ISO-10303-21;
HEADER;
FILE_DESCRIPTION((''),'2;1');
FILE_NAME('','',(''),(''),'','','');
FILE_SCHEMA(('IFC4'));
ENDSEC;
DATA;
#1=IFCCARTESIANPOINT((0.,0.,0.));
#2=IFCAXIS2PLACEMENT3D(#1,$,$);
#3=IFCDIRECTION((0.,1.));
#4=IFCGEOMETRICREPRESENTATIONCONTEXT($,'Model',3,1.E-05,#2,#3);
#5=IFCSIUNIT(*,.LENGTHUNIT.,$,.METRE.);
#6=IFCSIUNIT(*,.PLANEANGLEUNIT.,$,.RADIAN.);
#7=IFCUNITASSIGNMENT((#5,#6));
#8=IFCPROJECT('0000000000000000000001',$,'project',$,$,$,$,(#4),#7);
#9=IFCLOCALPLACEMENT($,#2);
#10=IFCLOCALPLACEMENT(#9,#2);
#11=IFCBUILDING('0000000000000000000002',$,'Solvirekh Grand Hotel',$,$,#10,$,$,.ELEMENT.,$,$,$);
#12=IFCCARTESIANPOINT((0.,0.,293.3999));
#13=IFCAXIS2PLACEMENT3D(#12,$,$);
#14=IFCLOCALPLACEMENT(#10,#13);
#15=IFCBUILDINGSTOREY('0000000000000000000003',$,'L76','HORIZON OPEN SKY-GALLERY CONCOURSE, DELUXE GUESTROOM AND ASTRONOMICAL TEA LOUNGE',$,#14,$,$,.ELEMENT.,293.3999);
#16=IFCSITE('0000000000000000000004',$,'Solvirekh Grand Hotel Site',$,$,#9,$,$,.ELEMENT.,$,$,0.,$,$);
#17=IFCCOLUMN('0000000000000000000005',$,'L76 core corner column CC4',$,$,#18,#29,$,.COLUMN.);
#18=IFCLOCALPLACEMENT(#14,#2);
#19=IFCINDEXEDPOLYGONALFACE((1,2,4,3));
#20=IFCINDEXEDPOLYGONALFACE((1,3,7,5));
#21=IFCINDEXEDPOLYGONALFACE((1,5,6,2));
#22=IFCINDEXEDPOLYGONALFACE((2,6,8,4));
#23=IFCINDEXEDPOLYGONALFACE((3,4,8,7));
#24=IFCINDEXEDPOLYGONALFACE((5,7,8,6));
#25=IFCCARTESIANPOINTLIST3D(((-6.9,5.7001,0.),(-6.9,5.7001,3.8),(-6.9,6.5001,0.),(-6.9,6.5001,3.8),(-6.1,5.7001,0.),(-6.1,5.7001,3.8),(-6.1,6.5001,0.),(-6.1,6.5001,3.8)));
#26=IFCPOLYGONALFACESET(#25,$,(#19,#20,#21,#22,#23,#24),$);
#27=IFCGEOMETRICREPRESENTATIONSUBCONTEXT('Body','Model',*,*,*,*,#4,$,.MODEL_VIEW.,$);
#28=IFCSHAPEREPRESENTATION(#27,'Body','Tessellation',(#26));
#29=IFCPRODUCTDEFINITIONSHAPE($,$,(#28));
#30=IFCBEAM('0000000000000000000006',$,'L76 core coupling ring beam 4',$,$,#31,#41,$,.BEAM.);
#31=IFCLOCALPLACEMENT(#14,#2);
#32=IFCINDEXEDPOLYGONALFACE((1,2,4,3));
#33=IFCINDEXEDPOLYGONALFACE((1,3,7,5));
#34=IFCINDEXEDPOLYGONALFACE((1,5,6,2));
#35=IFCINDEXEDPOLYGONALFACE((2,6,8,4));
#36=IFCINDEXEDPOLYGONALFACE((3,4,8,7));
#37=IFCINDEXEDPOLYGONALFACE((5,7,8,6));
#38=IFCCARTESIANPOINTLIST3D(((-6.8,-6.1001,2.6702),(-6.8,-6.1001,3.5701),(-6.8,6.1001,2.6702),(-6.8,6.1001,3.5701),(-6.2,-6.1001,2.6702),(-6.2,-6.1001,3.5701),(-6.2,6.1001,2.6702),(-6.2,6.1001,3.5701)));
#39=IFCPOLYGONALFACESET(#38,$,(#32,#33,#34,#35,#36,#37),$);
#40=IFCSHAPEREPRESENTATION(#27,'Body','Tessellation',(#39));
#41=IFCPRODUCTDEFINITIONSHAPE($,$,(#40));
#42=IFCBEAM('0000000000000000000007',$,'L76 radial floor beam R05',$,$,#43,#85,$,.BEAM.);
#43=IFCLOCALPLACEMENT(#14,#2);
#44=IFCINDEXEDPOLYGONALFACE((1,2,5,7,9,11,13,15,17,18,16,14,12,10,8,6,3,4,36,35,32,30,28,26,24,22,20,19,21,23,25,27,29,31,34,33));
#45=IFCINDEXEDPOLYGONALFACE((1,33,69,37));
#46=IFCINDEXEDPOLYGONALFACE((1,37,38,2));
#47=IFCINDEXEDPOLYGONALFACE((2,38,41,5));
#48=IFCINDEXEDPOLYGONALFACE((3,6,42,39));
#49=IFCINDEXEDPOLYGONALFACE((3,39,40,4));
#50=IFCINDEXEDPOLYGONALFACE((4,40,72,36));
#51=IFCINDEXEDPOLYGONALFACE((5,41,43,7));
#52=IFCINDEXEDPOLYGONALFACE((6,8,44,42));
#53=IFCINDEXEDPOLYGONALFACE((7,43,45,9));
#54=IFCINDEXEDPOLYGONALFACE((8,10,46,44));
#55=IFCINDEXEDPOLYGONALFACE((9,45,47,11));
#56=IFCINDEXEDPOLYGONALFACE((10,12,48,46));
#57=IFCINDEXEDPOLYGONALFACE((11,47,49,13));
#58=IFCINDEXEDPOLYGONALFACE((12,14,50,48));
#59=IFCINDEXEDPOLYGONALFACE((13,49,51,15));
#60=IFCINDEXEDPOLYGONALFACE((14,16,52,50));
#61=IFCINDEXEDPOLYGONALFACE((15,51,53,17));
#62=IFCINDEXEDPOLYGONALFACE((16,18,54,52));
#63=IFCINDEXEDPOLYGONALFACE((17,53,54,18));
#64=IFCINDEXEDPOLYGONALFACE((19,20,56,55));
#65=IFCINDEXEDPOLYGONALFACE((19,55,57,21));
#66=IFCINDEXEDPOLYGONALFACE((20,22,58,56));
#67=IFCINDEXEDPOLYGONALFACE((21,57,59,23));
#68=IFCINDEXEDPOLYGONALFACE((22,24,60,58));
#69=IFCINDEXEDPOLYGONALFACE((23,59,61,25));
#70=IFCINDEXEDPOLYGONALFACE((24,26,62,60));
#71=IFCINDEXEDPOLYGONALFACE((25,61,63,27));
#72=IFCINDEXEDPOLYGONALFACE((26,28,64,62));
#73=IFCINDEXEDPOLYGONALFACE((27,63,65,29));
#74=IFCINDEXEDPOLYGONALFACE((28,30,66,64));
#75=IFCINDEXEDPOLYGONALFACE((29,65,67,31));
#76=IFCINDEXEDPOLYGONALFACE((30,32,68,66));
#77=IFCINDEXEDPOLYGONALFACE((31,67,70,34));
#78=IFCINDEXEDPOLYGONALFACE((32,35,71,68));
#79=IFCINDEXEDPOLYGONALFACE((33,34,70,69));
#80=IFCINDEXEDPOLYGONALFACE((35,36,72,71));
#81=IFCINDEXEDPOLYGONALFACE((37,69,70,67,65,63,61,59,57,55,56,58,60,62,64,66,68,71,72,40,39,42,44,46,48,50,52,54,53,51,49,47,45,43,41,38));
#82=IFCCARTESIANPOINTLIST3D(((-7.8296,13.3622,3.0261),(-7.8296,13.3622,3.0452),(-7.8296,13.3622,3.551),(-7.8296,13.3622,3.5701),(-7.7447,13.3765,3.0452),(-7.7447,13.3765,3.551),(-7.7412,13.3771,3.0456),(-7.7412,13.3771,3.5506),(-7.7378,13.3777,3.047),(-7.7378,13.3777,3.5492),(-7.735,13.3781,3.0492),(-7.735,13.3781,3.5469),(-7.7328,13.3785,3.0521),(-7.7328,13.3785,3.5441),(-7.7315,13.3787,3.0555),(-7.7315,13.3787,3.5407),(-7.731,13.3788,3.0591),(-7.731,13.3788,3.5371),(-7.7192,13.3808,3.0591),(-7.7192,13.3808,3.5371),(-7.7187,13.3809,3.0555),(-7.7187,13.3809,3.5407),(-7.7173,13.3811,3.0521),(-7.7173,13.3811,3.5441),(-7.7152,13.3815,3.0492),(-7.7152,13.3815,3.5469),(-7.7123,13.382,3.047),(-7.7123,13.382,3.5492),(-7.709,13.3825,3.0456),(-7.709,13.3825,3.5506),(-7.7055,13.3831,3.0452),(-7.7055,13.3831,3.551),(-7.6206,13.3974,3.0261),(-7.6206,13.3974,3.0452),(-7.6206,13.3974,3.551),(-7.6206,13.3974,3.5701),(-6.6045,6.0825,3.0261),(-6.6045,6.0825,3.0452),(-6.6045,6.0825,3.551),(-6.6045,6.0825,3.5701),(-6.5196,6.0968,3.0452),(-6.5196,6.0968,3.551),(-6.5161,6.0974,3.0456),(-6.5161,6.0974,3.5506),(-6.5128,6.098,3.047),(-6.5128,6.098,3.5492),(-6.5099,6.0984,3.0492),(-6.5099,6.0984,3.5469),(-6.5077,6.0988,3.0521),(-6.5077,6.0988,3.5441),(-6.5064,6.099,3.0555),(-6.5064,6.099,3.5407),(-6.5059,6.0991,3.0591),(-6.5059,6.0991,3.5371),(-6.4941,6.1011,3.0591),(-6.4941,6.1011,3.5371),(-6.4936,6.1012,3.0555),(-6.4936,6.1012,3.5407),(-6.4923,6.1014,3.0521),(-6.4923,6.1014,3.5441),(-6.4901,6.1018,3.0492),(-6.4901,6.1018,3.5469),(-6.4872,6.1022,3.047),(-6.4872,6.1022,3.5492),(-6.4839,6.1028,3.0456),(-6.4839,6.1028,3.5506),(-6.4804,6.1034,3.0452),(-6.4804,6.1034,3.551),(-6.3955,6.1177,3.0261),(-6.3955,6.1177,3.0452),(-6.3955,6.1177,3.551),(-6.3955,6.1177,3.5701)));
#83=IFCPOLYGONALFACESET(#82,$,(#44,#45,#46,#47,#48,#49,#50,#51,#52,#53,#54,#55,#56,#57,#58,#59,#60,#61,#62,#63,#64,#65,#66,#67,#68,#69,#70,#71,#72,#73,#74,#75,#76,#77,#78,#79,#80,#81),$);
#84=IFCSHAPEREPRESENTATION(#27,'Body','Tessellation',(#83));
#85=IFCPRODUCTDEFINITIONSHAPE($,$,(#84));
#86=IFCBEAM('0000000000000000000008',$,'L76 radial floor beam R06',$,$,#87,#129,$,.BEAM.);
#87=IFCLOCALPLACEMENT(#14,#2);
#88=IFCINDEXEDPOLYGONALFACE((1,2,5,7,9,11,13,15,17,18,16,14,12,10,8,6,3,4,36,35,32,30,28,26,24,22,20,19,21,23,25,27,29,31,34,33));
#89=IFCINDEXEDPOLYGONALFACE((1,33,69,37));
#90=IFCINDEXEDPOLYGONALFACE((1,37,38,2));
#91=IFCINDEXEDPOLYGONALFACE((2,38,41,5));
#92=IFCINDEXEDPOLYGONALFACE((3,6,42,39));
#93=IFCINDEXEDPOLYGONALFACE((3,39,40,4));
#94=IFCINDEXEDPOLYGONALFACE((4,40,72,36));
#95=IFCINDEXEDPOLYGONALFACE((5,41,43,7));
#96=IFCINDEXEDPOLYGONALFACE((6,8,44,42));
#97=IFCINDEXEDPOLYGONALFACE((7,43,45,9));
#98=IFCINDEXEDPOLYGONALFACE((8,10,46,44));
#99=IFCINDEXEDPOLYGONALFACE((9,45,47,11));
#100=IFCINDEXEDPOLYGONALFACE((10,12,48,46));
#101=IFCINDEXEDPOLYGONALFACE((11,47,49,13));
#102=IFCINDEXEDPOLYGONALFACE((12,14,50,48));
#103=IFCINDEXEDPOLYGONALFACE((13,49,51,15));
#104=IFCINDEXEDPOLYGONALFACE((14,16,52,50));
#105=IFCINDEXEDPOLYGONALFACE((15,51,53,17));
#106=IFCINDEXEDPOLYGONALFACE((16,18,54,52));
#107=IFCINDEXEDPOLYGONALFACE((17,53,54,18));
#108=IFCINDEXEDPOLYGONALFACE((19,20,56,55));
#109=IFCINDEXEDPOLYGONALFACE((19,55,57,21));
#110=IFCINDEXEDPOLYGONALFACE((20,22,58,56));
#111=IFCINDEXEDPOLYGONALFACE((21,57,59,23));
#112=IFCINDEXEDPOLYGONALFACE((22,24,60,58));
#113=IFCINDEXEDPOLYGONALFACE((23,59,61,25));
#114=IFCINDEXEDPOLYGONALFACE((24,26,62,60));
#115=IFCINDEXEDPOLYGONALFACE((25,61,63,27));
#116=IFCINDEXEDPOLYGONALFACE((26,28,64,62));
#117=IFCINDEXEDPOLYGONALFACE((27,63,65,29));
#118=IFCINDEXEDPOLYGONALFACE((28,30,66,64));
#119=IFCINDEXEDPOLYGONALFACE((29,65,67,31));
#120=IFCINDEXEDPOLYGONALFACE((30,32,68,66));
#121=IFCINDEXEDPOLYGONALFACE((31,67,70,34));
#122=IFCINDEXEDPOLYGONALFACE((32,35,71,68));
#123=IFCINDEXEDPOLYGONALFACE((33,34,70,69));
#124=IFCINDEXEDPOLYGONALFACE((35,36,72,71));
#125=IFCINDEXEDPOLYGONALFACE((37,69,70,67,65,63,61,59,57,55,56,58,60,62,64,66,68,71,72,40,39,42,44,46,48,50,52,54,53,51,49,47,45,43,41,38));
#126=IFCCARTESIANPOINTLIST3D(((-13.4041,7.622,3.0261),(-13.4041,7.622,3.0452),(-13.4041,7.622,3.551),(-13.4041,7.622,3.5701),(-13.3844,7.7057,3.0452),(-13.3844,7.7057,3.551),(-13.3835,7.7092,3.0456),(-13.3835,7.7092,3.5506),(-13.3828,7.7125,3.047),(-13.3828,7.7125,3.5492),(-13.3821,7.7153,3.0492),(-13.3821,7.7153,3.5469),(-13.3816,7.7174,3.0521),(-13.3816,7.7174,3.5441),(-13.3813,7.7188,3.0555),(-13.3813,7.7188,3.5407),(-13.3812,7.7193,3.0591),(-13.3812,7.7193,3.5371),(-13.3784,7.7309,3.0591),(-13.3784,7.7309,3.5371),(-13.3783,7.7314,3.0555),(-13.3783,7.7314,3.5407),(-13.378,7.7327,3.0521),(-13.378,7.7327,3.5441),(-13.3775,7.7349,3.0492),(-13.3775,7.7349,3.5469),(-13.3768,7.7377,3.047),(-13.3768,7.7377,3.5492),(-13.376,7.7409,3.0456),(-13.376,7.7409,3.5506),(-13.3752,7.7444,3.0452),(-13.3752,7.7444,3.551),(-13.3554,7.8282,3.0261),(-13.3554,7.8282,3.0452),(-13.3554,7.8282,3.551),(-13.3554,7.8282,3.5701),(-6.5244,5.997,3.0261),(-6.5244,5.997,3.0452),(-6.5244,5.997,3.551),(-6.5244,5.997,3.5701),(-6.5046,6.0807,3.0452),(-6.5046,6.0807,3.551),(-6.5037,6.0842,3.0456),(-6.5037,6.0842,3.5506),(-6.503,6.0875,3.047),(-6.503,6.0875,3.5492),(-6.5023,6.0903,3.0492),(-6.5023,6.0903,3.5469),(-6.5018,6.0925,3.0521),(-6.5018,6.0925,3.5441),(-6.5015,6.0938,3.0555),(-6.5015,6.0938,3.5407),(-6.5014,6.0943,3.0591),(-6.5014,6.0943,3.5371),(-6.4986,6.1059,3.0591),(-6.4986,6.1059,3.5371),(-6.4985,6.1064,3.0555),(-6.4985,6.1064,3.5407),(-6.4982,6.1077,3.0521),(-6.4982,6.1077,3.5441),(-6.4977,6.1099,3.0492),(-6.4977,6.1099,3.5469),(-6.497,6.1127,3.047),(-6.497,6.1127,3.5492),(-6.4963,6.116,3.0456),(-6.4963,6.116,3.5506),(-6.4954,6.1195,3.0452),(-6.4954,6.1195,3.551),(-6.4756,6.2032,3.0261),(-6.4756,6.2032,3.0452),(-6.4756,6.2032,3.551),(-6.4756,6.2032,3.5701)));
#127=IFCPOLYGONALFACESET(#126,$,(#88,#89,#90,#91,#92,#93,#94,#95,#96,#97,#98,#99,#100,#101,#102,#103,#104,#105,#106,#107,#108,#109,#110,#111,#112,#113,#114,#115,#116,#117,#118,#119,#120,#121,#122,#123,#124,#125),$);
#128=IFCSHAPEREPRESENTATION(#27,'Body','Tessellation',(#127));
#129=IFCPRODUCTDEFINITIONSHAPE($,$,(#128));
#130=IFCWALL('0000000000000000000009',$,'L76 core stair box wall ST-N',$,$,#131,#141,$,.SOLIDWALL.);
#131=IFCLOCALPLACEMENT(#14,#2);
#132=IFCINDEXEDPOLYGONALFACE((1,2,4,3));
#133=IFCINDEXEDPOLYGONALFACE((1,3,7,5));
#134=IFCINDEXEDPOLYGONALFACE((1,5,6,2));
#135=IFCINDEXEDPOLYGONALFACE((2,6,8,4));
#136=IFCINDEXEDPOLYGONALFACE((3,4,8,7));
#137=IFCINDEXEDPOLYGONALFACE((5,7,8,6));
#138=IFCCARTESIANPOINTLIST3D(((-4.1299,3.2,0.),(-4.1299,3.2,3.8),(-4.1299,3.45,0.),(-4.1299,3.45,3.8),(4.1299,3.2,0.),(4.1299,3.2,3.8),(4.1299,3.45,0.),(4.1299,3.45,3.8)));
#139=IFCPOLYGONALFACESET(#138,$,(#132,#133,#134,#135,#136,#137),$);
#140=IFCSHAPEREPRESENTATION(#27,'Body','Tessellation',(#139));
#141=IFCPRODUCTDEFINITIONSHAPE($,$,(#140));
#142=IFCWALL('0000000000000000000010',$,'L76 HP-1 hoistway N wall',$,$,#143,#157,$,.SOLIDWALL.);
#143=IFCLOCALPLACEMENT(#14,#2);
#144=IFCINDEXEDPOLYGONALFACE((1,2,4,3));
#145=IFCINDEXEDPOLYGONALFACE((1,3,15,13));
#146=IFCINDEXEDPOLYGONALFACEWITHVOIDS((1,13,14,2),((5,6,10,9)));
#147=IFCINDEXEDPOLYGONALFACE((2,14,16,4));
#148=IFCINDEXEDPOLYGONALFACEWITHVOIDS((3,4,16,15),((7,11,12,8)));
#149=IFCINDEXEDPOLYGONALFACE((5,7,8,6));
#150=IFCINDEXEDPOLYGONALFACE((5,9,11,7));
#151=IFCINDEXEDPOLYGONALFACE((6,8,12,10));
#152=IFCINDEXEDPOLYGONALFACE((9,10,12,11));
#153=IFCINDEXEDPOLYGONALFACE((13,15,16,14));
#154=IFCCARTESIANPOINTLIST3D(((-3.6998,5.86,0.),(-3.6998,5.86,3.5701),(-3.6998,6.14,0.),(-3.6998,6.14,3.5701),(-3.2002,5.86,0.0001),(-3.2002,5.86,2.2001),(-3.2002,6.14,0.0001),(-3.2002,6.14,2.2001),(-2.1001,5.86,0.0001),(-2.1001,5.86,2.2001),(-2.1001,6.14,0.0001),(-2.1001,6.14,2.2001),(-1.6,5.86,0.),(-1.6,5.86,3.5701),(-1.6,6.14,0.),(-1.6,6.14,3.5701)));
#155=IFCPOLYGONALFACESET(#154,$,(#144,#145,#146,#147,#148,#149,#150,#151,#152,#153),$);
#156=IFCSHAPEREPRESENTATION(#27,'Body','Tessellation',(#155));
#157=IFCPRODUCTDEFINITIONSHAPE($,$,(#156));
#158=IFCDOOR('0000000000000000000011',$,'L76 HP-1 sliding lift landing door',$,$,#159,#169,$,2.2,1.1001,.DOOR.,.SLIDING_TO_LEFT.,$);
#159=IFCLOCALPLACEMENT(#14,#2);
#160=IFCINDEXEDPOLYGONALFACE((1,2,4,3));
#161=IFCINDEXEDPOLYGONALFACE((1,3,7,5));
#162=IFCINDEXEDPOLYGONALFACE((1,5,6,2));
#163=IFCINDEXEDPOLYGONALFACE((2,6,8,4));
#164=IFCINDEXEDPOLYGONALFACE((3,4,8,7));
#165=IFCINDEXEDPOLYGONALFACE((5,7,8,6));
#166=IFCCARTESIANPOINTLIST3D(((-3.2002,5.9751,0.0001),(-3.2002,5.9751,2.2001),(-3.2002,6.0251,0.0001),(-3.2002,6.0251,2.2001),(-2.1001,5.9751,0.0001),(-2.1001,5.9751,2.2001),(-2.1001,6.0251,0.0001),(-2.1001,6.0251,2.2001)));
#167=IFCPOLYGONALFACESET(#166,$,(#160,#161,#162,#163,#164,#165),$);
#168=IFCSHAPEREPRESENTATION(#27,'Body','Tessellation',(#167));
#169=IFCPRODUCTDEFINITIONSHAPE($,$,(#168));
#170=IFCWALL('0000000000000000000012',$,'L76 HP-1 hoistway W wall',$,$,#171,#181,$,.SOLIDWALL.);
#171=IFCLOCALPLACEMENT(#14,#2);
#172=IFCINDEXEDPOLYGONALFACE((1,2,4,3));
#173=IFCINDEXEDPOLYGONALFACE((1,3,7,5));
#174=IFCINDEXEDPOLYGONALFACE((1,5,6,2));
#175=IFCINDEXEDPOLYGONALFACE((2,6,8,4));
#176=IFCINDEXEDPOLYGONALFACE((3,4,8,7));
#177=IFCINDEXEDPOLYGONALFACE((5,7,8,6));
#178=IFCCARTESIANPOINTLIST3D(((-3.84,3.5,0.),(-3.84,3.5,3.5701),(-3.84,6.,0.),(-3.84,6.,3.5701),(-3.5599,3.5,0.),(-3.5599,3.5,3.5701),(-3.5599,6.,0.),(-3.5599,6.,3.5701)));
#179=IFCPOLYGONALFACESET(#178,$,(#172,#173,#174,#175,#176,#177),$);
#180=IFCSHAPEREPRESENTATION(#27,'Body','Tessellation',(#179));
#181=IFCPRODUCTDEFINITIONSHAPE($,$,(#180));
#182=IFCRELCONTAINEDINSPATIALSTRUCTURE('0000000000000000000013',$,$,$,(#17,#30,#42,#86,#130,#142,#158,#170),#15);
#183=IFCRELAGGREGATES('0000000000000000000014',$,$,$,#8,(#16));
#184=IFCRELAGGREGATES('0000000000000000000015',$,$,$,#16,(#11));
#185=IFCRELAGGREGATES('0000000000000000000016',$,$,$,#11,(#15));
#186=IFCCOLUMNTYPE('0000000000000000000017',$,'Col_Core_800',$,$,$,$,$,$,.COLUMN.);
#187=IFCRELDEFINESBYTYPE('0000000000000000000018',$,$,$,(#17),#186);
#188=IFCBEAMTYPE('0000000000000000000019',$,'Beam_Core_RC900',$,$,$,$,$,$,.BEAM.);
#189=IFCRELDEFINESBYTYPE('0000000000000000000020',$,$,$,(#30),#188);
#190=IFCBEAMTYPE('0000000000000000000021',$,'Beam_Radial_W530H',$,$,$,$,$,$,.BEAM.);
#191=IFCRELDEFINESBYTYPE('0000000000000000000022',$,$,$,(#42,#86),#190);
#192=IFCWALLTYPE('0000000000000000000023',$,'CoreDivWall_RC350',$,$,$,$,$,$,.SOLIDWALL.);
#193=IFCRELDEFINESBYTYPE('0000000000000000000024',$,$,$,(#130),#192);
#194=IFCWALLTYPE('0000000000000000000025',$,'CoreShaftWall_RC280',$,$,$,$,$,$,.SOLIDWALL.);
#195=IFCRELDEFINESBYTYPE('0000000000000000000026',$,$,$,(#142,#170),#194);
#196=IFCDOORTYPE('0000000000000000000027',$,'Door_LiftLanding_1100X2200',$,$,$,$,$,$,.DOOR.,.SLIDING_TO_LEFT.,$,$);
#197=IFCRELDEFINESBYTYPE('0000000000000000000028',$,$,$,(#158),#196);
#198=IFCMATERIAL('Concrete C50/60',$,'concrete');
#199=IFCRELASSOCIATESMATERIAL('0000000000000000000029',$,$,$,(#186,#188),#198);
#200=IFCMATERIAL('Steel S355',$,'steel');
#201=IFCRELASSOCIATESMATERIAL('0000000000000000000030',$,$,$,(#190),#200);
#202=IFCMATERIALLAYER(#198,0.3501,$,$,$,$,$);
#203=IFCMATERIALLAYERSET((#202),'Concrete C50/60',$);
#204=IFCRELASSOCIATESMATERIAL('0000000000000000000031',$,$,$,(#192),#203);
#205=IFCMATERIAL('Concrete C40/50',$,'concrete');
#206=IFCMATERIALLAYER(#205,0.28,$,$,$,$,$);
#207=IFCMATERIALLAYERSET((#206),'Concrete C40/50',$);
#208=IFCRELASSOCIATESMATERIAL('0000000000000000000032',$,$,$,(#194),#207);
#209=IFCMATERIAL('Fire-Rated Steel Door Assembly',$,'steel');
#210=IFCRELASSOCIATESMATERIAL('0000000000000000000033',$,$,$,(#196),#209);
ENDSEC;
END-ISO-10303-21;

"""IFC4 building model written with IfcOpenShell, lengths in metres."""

from ifc_helpers import new_model, si_unit, direction, frame, frame_2d, origin, origin_2d, place, context, subcontext, project, spatial, rectangle, i_section, extrude, material, layer, layer_set, material_profile, profile_set, type_object, element, fill, save


model = new_model("IFC4")

# Units and contexts
model_context = context("Model", 3, precision=1e-05, world=origin(), true_north=direction((0.0, 1.0)))
body_context = subcontext(model_context, "Body", "Model", "MODEL_VIEW")
ifc_project = project(units=[si_unit("LENGTHUNIT", "METRE"), si_unit("PLANEANGLEUNIT", "RADIAN")], contexts=[model_context])

# Site, building, storey
site_placement = place(None, origin())
site = spatial("IfcSite", under=ifc_project, at=site_placement, Name="Solvirekh Grand Hotel Site", CompositionType="ELEMENT", RefElevation=0.0)
building_placement = place(site_placement, origin())
building = spatial("IfcBuilding", under=site, at=building_placement, Name="Solvirekh Grand Hotel", CompositionType="ELEMENT")
storey_placement = place(building_placement, frame((0.0, 0.0, 293.3999)))
storey = spatial("IfcBuildingStorey", under=building, at=storey_placement, Name="L76", Description="HORIZON OPEN SKY-GALLERY CONCOURSE, DELUXE GUESTROOM AND ASTRONOMICAL TEA LOUNGE", CompositionType="ELEMENT", Elevation=293.3999)

# Column
ifc_material_1 = material(Name="Concrete C50/60", Category="concrete")
ifc_material_profile_1 = material_profile(ifc_material_1, rectangle(XDim=0.8, YDim=0.8, at=origin_2d()), Name="RC 800X800")
ifc_profile_set_1 = profile_set([ifc_material_profile_1], Name="Concrete C50/60")
column_type = type_object("IfcColumnType", Name="Col_Core_800", PredefinedType="COLUMN", material=ifc_profile_set_1)
column_placement = place(storey_placement, frame((-6.5, 6.1001, 0.0), z_axis=(0.0, 0.0, 1.0), x_axis=(1.0, 0.0, 0.0)))
element("IfcColumn", 1, at=column_placement, inside=storey, type_object=column_type, Name="L76 core corner column CC4", PredefinedType="COLUMN", context=body_context, shape_type="SweptSolid", body=[
    extrude(rectangle(XDim=0.8, YDim=0.8, at=origin_2d()), origin(), (0.0, 0.0, 1.0), 3.8),
])

# Beams
ifc_material_profile_2 = material_profile(ifc_material_1, rectangle(XDim=0.6001, YDim=0.8999, at=origin_2d()), Name="RC BEAM 600X900")
ifc_profile_set_2 = profile_set([ifc_material_profile_2], Name="Concrete C50/60")
beam_type_1 = type_object("IfcBeamType", Name="Beam_Core_RC900", PredefinedType="BEAM", material=ifc_profile_set_2)
beam_1_placement = place(storey_placement, frame((-6.5, 6.1001, 3.1201), z_axis=(0.0, -1.0, 0.0), x_axis=(1.0, 0.0, 0.0)))
element("IfcBeam", 2, at=beam_1_placement, inside=storey, type_object=beam_type_1, Name="L76 core coupling ring beam 4", PredefinedType="BEAM", context=body_context, shape_type="SweptSolid", body=[
    extrude(rectangle(XDim=0.6001, YDim=0.8999, at=origin_2d()), origin(), (0.0, 0.0, 1.0), 12.2002),
])
ifc_material_2 = material(Name="Steel S355", Category="steel")
ifc_material_profile_3 = material_profile(ifc_material_2, i_section(OverallWidth=0.2119, OverallDepth=0.5439, WebThickness=0.012, FlangeThickness=0.019, FilletRadius=0.0139, at=origin_2d()), Name="W530X123")
ifc_profile_set_3 = profile_set([ifc_material_profile_3], Name="Steel S355")
beam_type_2 = type_object("IfcBeamType", Name="Beam_Radial_W530H", PredefinedType="BEAM", material=ifc_profile_set_3)
beam_2_placement = place(storey_placement, frame((-6.5, 6.1001, 3.2981), z_axis=(-0.165954, 0.986133, 0.0), x_axis=(-0.986133, -0.165954, 0.0)))
element("IfcBeam", 3, at=beam_2_placement, inside=storey, type_object=beam_type_2, Name="L76 radial floor beam R05", PredefinedType="BEAM", context=body_context, shape_type="SweptSolid", body=[
    extrude(i_section(OverallWidth=0.2119, OverallDepth=0.5439, WebThickness=0.012, FlangeThickness=0.019, FilletRadius=0.0139, at=origin_2d()), origin(), (0.0, 0.0, 1.0), 7.3821),
])
beam_3_placement = place(storey_placement, frame((-6.5, 6.1001, 3.2981), z_axis=(-0.973221, 0.229871, 0.0), x_axis=(-0.229871, -0.973221, 0.0)))
element("IfcBeam", 4, at=beam_3_placement, inside=storey, type_object=beam_type_2, Name="L76 radial floor beam R06", PredefinedType="BEAM", context=body_context, shape_type="SweptSolid", body=[
    extrude(i_section(OverallWidth=0.2119, OverallDepth=0.5439, WebThickness=0.012, FlangeThickness=0.019, FilletRadius=0.0139, at=origin_2d()), origin(), (0.0, 0.0, 1.0), 7.0691),
])

# Wall
ifc_layer_1 = layer(ifc_material_1, 0.3501)
ifc_layer_set_1 = layer_set([ifc_layer_1], Name="Concrete C50/60")
wall_type_1 = type_object("IfcWallType", Name="CoreDivWall_RC350", PredefinedType="SOLIDWALL", material=ifc_layer_set_1)
wall_1_placement = place(storey_placement, frame((-4.1299, 3.325, 0.0), z_axis=(0.0, 0.0, 1.0), x_axis=(1.0, 0.0, 0.0)))
element("IfcWall", 5, at=wall_1_placement, inside=storey, type_object=wall_type_1, Name="L76 core stair box wall ST-N", PredefinedType="SOLIDWALL", context=body_context, shape_type="SweptSolid", body=[
    extrude(rectangle(XDim=8.2598, YDim=0.25, at=frame_2d((4.1299, 0.0))), origin(), (0.0, 0.0, 1.0), 3.8),
])

# Wall, opening, door
ifc_material_3 = material(Name="Concrete C40/50", Category="concrete")
ifc_layer_2 = layer(ifc_material_3, 0.28)
ifc_layer_set_2 = layer_set([ifc_layer_2], Name="Concrete C40/50")
wall_type_2 = type_object("IfcWallType", Name="CoreShaftWall_RC280", PredefinedType="SOLIDWALL", material=ifc_layer_set_2)
wall_2_placement = place(storey_placement, frame((-1.6001, 6.0, 0.0), z_axis=(0.0, 0.0, 1.0), x_axis=(-1.0, 0.0, 0.0)))
wall_2 = element("IfcWall", 6, at=wall_2_placement, inside=storey, type_object=wall_type_2, Name="L76 HP-1 hoistway N wall", PredefinedType="SOLIDWALL", context=body_context, shape_type="SweptSolid", body=[
    extrude(rectangle(XDim=2.0999, YDim=0.28, at=frame_2d((1.0498, 0.0))), origin(), (0.0, 0.0, 1.0), 3.5701),
])
opening_1_placement = place(wall_2_placement, frame((0.5, 0.0, 0.0)))
opening_1 = element("IfcOpeningElement", 7, at=opening_1_placement, cuts=wall_2, PredefinedType="OPENING", context=body_context, shape_type="SweptSolid", body=[
    extrude(rectangle(XDim=1.1001, YDim=2.2, at=frame_2d((0.55, 1.1001))), frame((0.0, 0.1499, 0.0), z_axis=(0.0, -1.0, 0.0), x_axis=(1.0, 0.0, 0.0)), (0.0, 0.0, 1.0), 0.3),
])
ifc_material_4 = material(Name="Fire-Rated Steel Door Assembly", Category="steel")
door_type_1 = type_object("IfcDoorType", Name="Door_LiftLanding_1100X2200", OperationType="SLIDING_TO_LEFT", PredefinedType="DOOR", material=ifc_material_4)
door_1_placement = place(opening_1_placement, origin())
door_1 = element("IfcDoor", 8, at=door_1_placement, inside=storey, type_object=door_type_1, Name="L76 HP-1 sliding lift landing door", OperationType="SLIDING_TO_LEFT", OverallHeight=2.2, OverallWidth=1.1001, PredefinedType="DOOR", context=body_context, shape_type="SweptSolid", body=[
    extrude(rectangle(XDim=1.1001, YDim=2.2, at=frame_2d((0.55, 1.1001))), frame((0.0, 0.0249, 0.0), z_axis=(0.0, -1.0, 0.0), x_axis=(1.0, 0.0, 0.0)), (0.0, 0.0, 1.0), 0.05),
])
fill(opening_1, door_1)

# Wall
for number, where, z_axis, x_axis, name in (
    (9, (-3.7, 6.0, 0.0), (0.0, 0.0, 1.0), (0.0, -1.0, 0.0), "L76 HP-1 hoistway W wall"),
):
    element("IfcWall", number, at=place(storey_placement, frame(where, z_axis=z_axis, x_axis=x_axis)), inside=storey, type_object=wall_type_2, Name=name, PredefinedType="SOLIDWALL", context=body_context, shape_type="SweptSolid", body=[
        extrude(rectangle(XDim=2.5, YDim=0.28, at=frame_2d((1.25, 0.0))), origin(), (0.0, 0.0, 1.0), 3.5701),
    ])

save(model, "model.ifc")
